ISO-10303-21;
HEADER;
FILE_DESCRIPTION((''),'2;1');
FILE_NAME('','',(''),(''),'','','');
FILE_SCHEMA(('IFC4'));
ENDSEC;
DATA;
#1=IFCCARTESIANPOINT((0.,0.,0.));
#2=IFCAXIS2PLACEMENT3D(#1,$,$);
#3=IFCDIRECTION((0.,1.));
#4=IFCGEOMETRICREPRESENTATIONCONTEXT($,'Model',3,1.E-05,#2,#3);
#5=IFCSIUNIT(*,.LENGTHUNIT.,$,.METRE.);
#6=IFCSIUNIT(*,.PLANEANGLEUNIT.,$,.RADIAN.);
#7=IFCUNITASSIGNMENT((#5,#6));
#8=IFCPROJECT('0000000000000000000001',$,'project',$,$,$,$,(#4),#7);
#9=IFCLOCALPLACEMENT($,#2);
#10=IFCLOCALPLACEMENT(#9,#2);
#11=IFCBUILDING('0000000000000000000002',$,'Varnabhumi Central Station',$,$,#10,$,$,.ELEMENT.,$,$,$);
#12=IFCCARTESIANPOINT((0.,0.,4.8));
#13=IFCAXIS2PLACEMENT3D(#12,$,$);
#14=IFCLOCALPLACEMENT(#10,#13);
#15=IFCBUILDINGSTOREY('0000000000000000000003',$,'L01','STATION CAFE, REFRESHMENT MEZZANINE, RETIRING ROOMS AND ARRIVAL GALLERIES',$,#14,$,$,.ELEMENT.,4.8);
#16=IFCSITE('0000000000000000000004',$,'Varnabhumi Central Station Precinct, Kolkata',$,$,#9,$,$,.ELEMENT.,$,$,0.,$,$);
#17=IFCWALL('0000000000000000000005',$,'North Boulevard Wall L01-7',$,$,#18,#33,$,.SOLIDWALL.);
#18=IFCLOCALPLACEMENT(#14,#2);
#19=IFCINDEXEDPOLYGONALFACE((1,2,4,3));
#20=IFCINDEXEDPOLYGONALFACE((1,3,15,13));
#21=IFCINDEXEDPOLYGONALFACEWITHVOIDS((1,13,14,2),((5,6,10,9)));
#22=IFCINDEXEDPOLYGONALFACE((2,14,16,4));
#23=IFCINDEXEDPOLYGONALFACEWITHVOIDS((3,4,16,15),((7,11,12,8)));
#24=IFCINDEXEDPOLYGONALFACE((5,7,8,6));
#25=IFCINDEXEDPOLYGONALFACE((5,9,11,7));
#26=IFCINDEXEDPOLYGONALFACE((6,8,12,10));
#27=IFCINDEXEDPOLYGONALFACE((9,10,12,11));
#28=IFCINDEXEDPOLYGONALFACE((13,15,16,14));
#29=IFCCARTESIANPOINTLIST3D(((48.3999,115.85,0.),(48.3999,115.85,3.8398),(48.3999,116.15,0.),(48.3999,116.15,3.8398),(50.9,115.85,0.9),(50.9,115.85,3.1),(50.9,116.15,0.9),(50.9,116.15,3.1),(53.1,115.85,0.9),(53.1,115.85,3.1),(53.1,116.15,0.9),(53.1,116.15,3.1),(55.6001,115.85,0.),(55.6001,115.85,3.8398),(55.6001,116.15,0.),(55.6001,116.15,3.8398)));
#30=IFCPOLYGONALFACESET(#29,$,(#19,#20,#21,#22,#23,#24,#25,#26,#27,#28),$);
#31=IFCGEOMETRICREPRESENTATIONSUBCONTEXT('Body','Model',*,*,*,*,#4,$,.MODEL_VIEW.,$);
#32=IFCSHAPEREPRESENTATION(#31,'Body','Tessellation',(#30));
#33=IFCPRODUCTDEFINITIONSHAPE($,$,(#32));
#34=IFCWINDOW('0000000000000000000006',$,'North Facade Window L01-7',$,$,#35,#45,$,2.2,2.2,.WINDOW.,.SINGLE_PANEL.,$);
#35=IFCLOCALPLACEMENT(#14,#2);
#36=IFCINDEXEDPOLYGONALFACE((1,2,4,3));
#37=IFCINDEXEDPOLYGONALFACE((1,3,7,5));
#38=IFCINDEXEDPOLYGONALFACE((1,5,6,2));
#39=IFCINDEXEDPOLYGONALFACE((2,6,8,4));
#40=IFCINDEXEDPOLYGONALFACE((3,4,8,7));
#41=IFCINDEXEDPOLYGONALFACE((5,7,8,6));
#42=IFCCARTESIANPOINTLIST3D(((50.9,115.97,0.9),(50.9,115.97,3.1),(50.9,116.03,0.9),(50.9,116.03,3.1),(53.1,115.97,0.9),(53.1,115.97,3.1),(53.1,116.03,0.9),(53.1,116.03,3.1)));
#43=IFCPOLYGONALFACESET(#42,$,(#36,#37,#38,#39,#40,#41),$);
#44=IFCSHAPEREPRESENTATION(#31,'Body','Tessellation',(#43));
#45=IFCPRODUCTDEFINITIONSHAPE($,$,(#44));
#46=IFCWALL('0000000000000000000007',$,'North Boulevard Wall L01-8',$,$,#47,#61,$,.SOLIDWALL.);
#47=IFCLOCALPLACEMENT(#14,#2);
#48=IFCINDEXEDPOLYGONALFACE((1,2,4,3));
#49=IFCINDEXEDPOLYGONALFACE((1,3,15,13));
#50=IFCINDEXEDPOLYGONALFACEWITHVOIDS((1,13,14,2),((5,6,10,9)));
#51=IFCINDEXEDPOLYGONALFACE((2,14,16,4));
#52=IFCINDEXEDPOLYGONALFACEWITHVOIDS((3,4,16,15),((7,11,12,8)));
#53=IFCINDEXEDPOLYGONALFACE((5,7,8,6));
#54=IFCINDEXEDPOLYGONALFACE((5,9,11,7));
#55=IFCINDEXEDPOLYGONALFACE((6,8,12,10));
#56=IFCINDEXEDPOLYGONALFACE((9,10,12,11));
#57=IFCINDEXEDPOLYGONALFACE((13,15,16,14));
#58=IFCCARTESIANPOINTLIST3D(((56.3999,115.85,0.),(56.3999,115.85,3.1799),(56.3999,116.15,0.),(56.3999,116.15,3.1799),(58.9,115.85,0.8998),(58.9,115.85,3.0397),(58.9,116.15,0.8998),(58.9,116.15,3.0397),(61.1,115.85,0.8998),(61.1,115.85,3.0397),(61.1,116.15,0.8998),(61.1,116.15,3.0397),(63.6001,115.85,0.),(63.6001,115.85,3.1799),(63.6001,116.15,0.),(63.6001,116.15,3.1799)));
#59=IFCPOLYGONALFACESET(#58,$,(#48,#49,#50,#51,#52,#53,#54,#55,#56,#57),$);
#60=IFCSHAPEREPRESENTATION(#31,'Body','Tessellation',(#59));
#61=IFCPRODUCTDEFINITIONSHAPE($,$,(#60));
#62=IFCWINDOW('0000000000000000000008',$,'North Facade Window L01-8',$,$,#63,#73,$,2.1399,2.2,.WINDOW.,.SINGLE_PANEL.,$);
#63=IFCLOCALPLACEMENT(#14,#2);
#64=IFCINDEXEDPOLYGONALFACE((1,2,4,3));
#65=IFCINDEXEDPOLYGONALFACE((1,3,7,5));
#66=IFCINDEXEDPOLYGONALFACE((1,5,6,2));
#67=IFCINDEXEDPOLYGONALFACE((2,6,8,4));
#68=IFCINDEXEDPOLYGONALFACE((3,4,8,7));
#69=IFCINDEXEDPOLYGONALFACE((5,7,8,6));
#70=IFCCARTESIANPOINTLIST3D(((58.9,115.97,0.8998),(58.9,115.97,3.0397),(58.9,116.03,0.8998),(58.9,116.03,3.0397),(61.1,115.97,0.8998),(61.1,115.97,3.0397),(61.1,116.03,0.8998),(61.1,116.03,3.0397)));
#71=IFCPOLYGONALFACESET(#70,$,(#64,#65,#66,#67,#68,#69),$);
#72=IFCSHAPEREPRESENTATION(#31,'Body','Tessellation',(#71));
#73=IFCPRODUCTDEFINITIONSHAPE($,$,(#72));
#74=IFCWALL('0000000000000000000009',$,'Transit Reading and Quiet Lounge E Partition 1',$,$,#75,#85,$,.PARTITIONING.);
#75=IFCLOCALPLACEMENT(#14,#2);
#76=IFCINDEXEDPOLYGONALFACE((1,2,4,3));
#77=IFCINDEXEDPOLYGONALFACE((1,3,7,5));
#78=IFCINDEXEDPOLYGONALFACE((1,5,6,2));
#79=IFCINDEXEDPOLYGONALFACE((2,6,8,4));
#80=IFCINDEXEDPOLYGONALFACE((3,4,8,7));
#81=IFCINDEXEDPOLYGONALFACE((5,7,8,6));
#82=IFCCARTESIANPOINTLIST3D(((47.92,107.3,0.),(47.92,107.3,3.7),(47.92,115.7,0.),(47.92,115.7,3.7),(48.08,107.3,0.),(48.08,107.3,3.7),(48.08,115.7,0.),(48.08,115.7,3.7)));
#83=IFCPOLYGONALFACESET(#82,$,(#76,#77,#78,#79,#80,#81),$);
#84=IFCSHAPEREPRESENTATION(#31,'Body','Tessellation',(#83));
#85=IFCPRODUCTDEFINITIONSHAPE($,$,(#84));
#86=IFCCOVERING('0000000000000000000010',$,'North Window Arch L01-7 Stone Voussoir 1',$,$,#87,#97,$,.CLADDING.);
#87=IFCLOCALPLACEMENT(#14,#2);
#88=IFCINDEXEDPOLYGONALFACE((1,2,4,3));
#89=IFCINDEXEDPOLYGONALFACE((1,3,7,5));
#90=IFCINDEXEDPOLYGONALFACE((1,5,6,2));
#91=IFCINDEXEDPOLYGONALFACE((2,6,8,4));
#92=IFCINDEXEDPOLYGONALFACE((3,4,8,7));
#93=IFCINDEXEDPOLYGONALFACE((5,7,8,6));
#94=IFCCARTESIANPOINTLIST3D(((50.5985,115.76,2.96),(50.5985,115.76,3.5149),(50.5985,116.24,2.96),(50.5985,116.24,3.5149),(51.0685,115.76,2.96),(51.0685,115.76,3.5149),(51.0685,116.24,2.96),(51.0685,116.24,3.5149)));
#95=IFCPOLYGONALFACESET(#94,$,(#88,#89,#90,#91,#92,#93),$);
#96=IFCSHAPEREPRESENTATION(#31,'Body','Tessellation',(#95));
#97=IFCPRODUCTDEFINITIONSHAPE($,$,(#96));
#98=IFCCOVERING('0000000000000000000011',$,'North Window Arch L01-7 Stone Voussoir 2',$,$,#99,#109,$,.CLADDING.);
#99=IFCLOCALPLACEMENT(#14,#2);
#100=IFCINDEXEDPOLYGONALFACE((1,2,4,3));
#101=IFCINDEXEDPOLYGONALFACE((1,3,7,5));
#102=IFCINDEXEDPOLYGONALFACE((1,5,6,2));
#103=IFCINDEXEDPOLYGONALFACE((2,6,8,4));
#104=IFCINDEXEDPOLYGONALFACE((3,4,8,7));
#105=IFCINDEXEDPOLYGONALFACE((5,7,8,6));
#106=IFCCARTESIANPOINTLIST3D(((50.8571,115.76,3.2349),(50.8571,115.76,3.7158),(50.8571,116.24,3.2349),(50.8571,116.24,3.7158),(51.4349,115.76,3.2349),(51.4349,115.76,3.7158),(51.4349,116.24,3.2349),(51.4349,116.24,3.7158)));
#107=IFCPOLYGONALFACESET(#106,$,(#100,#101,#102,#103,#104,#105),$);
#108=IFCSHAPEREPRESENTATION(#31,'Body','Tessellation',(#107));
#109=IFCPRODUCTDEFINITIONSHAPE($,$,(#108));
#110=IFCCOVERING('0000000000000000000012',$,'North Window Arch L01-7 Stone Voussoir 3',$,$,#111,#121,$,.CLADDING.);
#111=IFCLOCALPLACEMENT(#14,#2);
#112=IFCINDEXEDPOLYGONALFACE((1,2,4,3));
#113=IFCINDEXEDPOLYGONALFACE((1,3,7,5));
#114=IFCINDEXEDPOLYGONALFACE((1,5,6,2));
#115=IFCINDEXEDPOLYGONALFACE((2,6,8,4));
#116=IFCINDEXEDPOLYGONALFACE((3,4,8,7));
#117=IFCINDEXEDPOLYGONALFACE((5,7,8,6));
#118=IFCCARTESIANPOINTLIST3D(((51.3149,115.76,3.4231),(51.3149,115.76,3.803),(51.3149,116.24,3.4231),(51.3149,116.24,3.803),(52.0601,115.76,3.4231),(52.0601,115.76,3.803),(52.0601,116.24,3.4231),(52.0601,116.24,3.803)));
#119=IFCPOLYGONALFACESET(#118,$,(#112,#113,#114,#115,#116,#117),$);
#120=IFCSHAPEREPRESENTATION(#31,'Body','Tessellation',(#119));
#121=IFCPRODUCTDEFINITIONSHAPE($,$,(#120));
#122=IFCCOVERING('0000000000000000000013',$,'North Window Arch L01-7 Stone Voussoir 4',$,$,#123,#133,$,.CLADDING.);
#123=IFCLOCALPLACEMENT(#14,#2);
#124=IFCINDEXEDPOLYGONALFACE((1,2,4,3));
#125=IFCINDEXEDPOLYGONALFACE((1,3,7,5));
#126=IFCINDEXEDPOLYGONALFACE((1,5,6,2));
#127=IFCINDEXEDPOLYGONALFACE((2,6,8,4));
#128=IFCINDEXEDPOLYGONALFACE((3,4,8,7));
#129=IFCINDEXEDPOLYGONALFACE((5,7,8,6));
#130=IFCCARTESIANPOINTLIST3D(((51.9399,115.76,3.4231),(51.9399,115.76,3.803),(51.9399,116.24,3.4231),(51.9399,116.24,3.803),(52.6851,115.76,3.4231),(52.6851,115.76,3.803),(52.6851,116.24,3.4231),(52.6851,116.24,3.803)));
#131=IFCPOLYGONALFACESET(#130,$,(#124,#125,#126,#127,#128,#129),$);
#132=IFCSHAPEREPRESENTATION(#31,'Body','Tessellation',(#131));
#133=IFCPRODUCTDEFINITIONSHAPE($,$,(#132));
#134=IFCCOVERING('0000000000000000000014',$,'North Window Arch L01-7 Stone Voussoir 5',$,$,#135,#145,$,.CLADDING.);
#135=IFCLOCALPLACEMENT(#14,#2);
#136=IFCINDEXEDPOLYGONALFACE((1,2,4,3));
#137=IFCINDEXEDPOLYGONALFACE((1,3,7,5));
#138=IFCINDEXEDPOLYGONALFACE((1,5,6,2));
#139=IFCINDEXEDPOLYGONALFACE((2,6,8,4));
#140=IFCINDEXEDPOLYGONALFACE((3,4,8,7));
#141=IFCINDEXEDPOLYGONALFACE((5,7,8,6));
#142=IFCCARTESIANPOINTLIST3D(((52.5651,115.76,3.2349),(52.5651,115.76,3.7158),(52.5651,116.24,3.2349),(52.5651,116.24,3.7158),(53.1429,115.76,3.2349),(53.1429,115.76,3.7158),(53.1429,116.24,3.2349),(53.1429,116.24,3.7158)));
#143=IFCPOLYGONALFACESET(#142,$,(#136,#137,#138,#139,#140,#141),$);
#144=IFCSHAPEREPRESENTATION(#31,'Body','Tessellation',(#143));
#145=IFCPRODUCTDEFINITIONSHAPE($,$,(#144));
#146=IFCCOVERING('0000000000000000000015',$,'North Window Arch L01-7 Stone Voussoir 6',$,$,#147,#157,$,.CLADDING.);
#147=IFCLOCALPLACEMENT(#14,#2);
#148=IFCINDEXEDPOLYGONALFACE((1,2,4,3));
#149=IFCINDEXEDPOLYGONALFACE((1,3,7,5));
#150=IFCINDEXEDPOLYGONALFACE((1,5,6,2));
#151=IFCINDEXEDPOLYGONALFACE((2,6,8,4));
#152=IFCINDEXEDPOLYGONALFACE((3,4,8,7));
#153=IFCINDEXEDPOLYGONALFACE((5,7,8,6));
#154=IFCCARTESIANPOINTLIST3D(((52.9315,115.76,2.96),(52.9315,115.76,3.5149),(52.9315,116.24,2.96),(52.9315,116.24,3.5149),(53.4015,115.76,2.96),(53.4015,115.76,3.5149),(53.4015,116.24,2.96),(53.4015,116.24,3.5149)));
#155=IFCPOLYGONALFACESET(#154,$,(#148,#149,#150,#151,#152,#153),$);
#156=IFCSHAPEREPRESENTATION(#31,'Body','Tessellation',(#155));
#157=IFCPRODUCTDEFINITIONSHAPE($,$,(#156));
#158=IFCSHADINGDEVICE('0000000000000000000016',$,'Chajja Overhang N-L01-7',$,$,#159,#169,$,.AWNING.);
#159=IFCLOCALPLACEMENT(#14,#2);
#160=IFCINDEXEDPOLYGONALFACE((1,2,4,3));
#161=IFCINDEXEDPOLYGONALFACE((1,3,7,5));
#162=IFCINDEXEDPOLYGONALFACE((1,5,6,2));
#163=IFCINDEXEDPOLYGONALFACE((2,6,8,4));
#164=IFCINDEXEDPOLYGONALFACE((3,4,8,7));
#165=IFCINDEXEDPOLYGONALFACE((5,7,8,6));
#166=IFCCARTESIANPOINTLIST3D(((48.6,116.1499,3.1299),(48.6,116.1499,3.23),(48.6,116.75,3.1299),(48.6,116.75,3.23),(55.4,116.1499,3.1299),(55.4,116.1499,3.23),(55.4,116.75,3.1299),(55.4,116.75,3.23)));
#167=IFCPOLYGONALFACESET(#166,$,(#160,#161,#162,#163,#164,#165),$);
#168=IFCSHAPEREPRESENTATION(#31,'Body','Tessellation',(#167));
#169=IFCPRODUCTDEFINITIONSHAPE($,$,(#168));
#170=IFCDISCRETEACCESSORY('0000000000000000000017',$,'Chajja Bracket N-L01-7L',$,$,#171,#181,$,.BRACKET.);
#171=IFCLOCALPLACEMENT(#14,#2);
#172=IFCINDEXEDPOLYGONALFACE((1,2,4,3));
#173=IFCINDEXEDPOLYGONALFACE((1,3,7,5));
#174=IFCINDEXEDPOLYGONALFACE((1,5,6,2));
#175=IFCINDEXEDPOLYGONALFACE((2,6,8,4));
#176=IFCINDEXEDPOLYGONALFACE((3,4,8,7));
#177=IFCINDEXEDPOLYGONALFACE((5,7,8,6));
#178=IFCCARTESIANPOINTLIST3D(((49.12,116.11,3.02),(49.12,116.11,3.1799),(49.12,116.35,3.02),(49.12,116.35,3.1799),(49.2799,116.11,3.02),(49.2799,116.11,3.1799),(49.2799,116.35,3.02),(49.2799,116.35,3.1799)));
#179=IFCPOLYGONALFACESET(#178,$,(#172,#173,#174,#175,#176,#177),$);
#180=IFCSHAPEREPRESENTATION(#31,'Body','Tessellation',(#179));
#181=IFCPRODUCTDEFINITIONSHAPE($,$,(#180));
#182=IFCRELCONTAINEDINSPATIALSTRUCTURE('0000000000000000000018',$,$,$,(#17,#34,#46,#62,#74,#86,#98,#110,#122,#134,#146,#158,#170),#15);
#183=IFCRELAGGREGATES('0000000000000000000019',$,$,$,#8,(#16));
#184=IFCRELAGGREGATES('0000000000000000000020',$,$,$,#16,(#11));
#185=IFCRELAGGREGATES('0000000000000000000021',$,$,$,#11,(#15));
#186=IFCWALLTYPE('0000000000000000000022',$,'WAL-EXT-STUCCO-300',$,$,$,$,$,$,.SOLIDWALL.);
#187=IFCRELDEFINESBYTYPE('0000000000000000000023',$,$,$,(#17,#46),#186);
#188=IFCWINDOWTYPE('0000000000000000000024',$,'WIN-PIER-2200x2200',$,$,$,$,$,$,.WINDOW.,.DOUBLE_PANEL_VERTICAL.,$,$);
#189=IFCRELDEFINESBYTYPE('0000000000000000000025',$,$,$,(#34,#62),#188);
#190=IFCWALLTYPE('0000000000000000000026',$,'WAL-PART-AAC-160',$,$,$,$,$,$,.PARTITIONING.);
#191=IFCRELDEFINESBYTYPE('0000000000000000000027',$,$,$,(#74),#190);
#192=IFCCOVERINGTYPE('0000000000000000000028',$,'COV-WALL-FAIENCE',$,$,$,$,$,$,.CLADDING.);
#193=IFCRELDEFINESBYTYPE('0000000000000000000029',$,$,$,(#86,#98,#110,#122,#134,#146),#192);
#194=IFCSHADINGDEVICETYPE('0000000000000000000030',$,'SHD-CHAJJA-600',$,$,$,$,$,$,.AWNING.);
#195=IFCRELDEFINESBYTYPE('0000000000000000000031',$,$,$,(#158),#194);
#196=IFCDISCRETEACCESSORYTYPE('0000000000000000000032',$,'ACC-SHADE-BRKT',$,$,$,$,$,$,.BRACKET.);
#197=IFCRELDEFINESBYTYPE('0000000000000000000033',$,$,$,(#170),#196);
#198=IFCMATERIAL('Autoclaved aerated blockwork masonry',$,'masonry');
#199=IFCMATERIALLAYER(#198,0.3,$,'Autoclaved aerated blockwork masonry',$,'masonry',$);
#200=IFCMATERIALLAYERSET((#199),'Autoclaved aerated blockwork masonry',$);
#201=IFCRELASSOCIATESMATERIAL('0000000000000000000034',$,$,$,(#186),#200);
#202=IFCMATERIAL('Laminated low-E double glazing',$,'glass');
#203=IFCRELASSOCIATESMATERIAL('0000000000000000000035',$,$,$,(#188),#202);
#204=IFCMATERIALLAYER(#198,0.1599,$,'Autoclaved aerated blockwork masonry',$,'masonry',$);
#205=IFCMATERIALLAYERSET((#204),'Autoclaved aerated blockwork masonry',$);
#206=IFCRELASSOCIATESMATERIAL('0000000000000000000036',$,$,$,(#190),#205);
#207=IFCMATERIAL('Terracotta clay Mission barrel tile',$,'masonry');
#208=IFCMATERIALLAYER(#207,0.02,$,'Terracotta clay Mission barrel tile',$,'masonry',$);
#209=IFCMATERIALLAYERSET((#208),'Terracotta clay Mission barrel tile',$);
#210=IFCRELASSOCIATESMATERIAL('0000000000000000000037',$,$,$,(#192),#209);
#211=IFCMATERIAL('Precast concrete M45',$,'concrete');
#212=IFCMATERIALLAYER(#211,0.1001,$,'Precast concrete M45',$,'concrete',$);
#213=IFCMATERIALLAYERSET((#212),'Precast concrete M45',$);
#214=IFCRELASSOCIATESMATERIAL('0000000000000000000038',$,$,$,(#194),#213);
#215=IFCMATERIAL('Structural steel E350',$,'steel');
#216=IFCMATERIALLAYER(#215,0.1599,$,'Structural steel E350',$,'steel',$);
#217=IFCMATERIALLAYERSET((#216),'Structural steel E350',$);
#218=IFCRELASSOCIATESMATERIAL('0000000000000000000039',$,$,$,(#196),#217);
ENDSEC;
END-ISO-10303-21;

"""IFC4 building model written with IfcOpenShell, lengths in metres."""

from ifc_helpers import new_model, si_unit, direction, frame, frame_2d, origin, origin_2d, place, context, subcontext, project, spatial, rectangle, extrude, material, layer, layer_set, type_object, element, fill, save


model = new_model("IFC4")

# Units and contexts
model_context = context("Model", 3, precision=1e-05, world=origin(), true_north=direction((0.0, 1.0)))
body_context = subcontext(model_context, "Body", "Model", "MODEL_VIEW")
ifc_project = project(units=[si_unit("LENGTHUNIT", "METRE"), si_unit("PLANEANGLEUNIT", "RADIAN")], contexts=[model_context])

# Site, building, storey
site_placement = place(None, origin())
site = spatial("IfcSite", under=ifc_project, at=site_placement, Name="Varnabhumi Central Station Precinct, Kolkata", CompositionType="ELEMENT", RefElevation=0.0)
building_placement = place(site_placement, origin())
building = spatial("IfcBuilding", under=site, at=building_placement, Name="Varnabhumi Central Station", CompositionType="ELEMENT")
storey_placement = place(building_placement, frame((0.0, 0.0, 4.8)))
storey = spatial("IfcBuildingStorey", under=building, at=storey_placement, Name="L01", Description="STATION CAFE, REFRESHMENT MEZZANINE, RETIRING ROOMS AND ARRIVAL GALLERIES", CompositionType="ELEMENT", Elevation=4.8)

# Shared definitions
ifc_material_1 = material(Name="Structural steel E350", Category="steel")

# Walls, openings, windows
ifc_material_2 = material(Name="Autoclaved aerated blockwork masonry", Category="masonry")
ifc_layer_1 = layer(ifc_material_2, 0.3, Name="Autoclaved aerated blockwork masonry", Category="masonry")
ifc_layer_set_1 = layer_set([ifc_layer_1], Name="Autoclaved aerated blockwork masonry")
wall_type_1 = type_object("IfcWallType", Name="WAL-EXT-STUCCO-300", PredefinedType="SOLIDWALL", material=ifc_layer_set_1)
wall_1_placement = place(storey_placement, frame((48.3999, 116.0, 0.0), z_axis=(0.0, 0.0, 1.0), x_axis=(1.0, 0.0, 0.0)))
wall_1 = element("IfcWall", 1, at=wall_1_placement, inside=storey, type_object=wall_type_1, Name="North Boulevard Wall L01-7", PredefinedType="SOLIDWALL", context=body_context, shape_type="SweptSolid", body=[
    extrude(rectangle(XDim=7.2002, YDim=0.3, at=frame_2d((3.6001, 0.0))), origin(), (0.0, 0.0, 1.0), 3.8398),
])
opening_1_placement = place(wall_1_placement, frame((2.5, 0.0, 0.8999)))
opening_1 = element("IfcOpeningElement", 2, at=opening_1_placement, cuts=wall_1, PredefinedType="OPENING", context=body_context, shape_type="SweptSolid", body=[
    extrude(rectangle(XDim=2.2, YDim=2.2, at=frame_2d((1.1001, 1.1001))), frame((0.0, 0.1599, 0.0), z_axis=(0.0, -1.0, 0.0), x_axis=(1.0, 0.0, 0.0)), (0.0, 0.0, 1.0), 0.3201),
])
ifc_material_3 = material(Name="Laminated low-E double glazing", Category="glass")
window_type = type_object("IfcWindowType", Name="WIN-PIER-2200x2200", PartitioningType="DOUBLE_PANEL_VERTICAL", PredefinedType="WINDOW", material=ifc_material_3)
window_1_placement = place(opening_1_placement, origin())
window_1 = element("IfcWindow", 3, at=window_1_placement, inside=storey, type_object=window_type, Name="North Facade Window L01-7", OverallHeight=2.2, OverallWidth=2.2, PartitioningType="SINGLE_PANEL", PredefinedType="WINDOW", context=body_context, shape_type="SweptSolid", body=[
    extrude(rectangle(XDim=2.2, YDim=2.2, at=frame_2d((1.1001, 1.1001))), frame((0.0, 0.03, 0.0), z_axis=(0.0, -1.0, 0.0), x_axis=(1.0, 0.0, 0.0)), (0.0, 0.0, 1.0), 0.0601),
])
fill(opening_1, window_1)
wall_2_placement = place(storey_placement, frame((56.3999, 116.0, 0.0), z_axis=(0.0, 0.0, 1.0), x_axis=(1.0, 0.0, 0.0)))
wall_2 = element("IfcWall", 4, at=wall_2_placement, inside=storey, type_object=wall_type_1, Name="North Boulevard Wall L01-8", PredefinedType="SOLIDWALL", context=body_context, shape_type="SweptSolid", body=[
    extrude(rectangle(XDim=7.2002, YDim=0.3, at=frame_2d((3.6001, 0.0))), origin(), (0.0, 0.0, 1.0), 3.1799),
])
opening_2_placement = place(wall_2_placement, frame((2.5, 0.0, 0.8999)))
opening_2 = element("IfcOpeningElement", 5, at=opening_2_placement, cuts=wall_2, PredefinedType="OPENING", context=body_context, shape_type="SweptSolid", body=[
    extrude(rectangle(XDim=2.2, YDim=2.1399, at=frame_2d((1.1001, 1.0698))), frame((0.0, 0.1599, 0.0), z_axis=(0.0, -1.0, 0.0), x_axis=(1.0, 0.0, 0.0)), (0.0, 0.0, 1.0), 0.3201),
])
window_2_placement = place(opening_2_placement, origin())
window_2 = element("IfcWindow", 6, at=window_2_placement, inside=storey, type_object=window_type, Name="North Facade Window L01-8", OverallHeight=2.1399, OverallWidth=2.2, PartitioningType="SINGLE_PANEL", PredefinedType="WINDOW", context=body_context, shape_type="SweptSolid", body=[
    extrude(rectangle(XDim=2.2, YDim=2.1399, at=frame_2d((1.1001, 1.0698))), frame((0.0, 0.03, 0.0), z_axis=(0.0, -1.0, 0.0), x_axis=(1.0, 0.0, 0.0)), (0.0, 0.0, 1.0), 0.0601),
])
fill(opening_2, window_2)

# Wall
ifc_layer_2 = layer(ifc_material_2, 0.1599, Name="Autoclaved aerated blockwork masonry", Category="masonry")
ifc_layer_set_2 = layer_set([ifc_layer_2], Name="Autoclaved aerated blockwork masonry")
wall_type_2 = type_object("IfcWallType", Name="WAL-PART-AAC-160", PredefinedType="PARTITIONING", material=ifc_layer_set_2)
wall_3_placement = place(storey_placement, frame((48.0, 107.3, 0.0), z_axis=(0.0, 0.0, 1.0), x_axis=(0.0, 1.0, 0.0)))
element("IfcWall", 7, at=wall_3_placement, inside=storey, type_object=wall_type_2, Name="Transit Reading and Quiet Lounge E Partition 1", PredefinedType="PARTITIONING", context=body_context, shape_type="SweptSolid", body=[
    extrude(rectangle(XDim=8.3999, YDim=0.1599, at=frame_2d((4.2, 0.0))), origin(), (0.0, 0.0, 1.0), 3.7),
])

# Coverings
ifc_material_4 = material(Name="Terracotta clay Mission barrel tile", Category="masonry")
ifc_layer_3 = layer(ifc_material_4, 0.02, Name="Terracotta clay Mission barrel tile", Category="masonry")
ifc_layer_set_3 = layer_set([ifc_layer_3], Name="Terracotta clay Mission barrel tile")
covering_type = type_object("IfcCoveringType", Name="COV-WALL-FAIENCE", PredefinedType="CLADDING", material=ifc_layer_set_3)
covering_1_placement = place(storey_placement, frame((50.8335, 116.0, 2.96), z_axis=(0.0, 0.0, 1.0), x_axis=(1.0, 0.0, 0.0)))
element("IfcCovering", 8, at=covering_1_placement, inside=storey, type_object=covering_type, Name="North Window Arch L01-7 Stone Voussoir 1", PredefinedType="CLADDING", context=body_context, shape_type="SweptSolid", body=[
    extrude(rectangle(XDim=0.47, YDim=0.48, at=origin_2d()), origin(), (0.0, 0.0, 1.0), 0.5549),
])
covering_2_placement = place(storey_placement, frame((51.146, 116.0, 3.2349), z_axis=(0.0, 0.0, 1.0), x_axis=(1.0, 0.0, 0.0)))
element("IfcCovering", 9, at=covering_2_placement, inside=storey, type_object=covering_type, Name="North Window Arch L01-7 Stone Voussoir 2", PredefinedType="CLADDING", context=body_context, shape_type="SweptSolid", body=[
    extrude(rectangle(XDim=0.5779, YDim=0.48, at=origin_2d()), origin(), (0.0, 0.0, 1.0), 0.481),
])
for number, where, z_axis, x_axis, name in (
    (10, (51.6875, 116.0, 3.4231), (0.0, 0.0, 1.0), (1.0, 0.0, 0.0), "North Window Arch L01-7 Stone Voussoir 3"),
    (11, (52.3125, 116.0, 3.4231), (0.0, 0.0, 1.0), (1.0, 0.0, 0.0), "North Window Arch L01-7 Stone Voussoir 4"),
):
    element("IfcCovering", number, at=place(storey_placement, frame(where, z_axis=z_axis, x_axis=x_axis)), inside=storey, type_object=covering_type, Name=name, PredefinedType="CLADDING", context=body_context, shape_type="SweptSolid", body=[
        extrude(rectangle(XDim=0.7451, YDim=0.48, at=origin_2d()), origin(), (0.0, 0.0, 1.0), 0.3799),
    ])
covering_3_placement = place(storey_placement, frame((52.854, 116.0, 3.2349), z_axis=(0.0, 0.0, 1.0), x_axis=(1.0, 0.0, 0.0)))
element("IfcCovering", 12, at=covering_3_placement, inside=storey, type_object=covering_type, Name="North Window Arch L01-7 Stone Voussoir 5", PredefinedType="CLADDING", context=body_context, shape_type="SweptSolid", body=[
    extrude(rectangle(XDim=0.5779, YDim=0.48, at=origin_2d()), origin(), (0.0, 0.0, 1.0), 0.481),
])
covering_4_placement = place(storey_placement, frame((53.1665, 116.0, 2.96), z_axis=(0.0, 0.0, 1.0), x_axis=(1.0, 0.0, 0.0)))
element("IfcCovering", 13, at=covering_4_placement, inside=storey, type_object=covering_type, Name="North Window Arch L01-7 Stone Voussoir 6", PredefinedType="CLADDING", context=body_context, shape_type="SweptSolid", body=[
    extrude(rectangle(XDim=0.47, YDim=0.48, at=origin_2d()), origin(), (0.0, 0.0, 1.0), 0.5549),
])

# Shading device
ifc_material_5 = material(Name="Precast concrete M45", Category="concrete")
ifc_layer_4 = layer(ifc_material_5, 0.1001, Name="Precast concrete M45", Category="concrete")
ifc_layer_set_4 = layer_set([ifc_layer_4], Name="Precast concrete M45")
shading_device_type = type_object("IfcShadingDeviceType", Name="SHD-CHAJJA-600", PredefinedType="AWNING", material=ifc_layer_set_4)
shading_device_placement = place(storey_placement, frame((52.0, 116.45, 3.1299), z_axis=(0.0, 0.0, 1.0), x_axis=(1.0, 0.0, 0.0)))
element("IfcShadingDevice", 14, at=shading_device_placement, inside=storey, type_object=shading_device_type, Name="Chajja Overhang N-L01-7", PredefinedType="AWNING", context=body_context, shape_type="SweptSolid", body=[
    extrude(rectangle(XDim=6.8, YDim=0.6001, at=origin_2d()), origin(), (0.0, 0.0, 1.0), 0.1001),
])

# Discrete accessory
ifc_layer_5 = layer(ifc_material_1, 0.1599, Name="Structural steel E350", Category="steel")
ifc_layer_set_5 = layer_set([ifc_layer_5], Name="Structural steel E350")
discrete_accessory_type = type_object("IfcDiscreteAccessoryType", Name="ACC-SHADE-BRKT", PredefinedType="BRACKET", material=ifc_layer_set_5)
for number, where, z_axis, x_axis, name in (
    (15, (49.2, 116.23, 3.02), (0.0, 0.0, 1.0), (1.0, 0.0, 0.0), "Chajja Bracket N-L01-7L"),
):
    element("IfcDiscreteAccessory", number, at=place(storey_placement, frame(where, z_axis=z_axis, x_axis=x_axis)), inside=storey, type_object=discrete_accessory_type, Name=name, PredefinedType="BRACKET", context=body_context, shape_type="SweptSolid", body=[
        extrude(rectangle(XDim=0.1599, YDim=0.24, at=origin_2d()), origin(), (0.0, 0.0, 1.0), 0.1599),
    ])

save(model, "model.ifc")
